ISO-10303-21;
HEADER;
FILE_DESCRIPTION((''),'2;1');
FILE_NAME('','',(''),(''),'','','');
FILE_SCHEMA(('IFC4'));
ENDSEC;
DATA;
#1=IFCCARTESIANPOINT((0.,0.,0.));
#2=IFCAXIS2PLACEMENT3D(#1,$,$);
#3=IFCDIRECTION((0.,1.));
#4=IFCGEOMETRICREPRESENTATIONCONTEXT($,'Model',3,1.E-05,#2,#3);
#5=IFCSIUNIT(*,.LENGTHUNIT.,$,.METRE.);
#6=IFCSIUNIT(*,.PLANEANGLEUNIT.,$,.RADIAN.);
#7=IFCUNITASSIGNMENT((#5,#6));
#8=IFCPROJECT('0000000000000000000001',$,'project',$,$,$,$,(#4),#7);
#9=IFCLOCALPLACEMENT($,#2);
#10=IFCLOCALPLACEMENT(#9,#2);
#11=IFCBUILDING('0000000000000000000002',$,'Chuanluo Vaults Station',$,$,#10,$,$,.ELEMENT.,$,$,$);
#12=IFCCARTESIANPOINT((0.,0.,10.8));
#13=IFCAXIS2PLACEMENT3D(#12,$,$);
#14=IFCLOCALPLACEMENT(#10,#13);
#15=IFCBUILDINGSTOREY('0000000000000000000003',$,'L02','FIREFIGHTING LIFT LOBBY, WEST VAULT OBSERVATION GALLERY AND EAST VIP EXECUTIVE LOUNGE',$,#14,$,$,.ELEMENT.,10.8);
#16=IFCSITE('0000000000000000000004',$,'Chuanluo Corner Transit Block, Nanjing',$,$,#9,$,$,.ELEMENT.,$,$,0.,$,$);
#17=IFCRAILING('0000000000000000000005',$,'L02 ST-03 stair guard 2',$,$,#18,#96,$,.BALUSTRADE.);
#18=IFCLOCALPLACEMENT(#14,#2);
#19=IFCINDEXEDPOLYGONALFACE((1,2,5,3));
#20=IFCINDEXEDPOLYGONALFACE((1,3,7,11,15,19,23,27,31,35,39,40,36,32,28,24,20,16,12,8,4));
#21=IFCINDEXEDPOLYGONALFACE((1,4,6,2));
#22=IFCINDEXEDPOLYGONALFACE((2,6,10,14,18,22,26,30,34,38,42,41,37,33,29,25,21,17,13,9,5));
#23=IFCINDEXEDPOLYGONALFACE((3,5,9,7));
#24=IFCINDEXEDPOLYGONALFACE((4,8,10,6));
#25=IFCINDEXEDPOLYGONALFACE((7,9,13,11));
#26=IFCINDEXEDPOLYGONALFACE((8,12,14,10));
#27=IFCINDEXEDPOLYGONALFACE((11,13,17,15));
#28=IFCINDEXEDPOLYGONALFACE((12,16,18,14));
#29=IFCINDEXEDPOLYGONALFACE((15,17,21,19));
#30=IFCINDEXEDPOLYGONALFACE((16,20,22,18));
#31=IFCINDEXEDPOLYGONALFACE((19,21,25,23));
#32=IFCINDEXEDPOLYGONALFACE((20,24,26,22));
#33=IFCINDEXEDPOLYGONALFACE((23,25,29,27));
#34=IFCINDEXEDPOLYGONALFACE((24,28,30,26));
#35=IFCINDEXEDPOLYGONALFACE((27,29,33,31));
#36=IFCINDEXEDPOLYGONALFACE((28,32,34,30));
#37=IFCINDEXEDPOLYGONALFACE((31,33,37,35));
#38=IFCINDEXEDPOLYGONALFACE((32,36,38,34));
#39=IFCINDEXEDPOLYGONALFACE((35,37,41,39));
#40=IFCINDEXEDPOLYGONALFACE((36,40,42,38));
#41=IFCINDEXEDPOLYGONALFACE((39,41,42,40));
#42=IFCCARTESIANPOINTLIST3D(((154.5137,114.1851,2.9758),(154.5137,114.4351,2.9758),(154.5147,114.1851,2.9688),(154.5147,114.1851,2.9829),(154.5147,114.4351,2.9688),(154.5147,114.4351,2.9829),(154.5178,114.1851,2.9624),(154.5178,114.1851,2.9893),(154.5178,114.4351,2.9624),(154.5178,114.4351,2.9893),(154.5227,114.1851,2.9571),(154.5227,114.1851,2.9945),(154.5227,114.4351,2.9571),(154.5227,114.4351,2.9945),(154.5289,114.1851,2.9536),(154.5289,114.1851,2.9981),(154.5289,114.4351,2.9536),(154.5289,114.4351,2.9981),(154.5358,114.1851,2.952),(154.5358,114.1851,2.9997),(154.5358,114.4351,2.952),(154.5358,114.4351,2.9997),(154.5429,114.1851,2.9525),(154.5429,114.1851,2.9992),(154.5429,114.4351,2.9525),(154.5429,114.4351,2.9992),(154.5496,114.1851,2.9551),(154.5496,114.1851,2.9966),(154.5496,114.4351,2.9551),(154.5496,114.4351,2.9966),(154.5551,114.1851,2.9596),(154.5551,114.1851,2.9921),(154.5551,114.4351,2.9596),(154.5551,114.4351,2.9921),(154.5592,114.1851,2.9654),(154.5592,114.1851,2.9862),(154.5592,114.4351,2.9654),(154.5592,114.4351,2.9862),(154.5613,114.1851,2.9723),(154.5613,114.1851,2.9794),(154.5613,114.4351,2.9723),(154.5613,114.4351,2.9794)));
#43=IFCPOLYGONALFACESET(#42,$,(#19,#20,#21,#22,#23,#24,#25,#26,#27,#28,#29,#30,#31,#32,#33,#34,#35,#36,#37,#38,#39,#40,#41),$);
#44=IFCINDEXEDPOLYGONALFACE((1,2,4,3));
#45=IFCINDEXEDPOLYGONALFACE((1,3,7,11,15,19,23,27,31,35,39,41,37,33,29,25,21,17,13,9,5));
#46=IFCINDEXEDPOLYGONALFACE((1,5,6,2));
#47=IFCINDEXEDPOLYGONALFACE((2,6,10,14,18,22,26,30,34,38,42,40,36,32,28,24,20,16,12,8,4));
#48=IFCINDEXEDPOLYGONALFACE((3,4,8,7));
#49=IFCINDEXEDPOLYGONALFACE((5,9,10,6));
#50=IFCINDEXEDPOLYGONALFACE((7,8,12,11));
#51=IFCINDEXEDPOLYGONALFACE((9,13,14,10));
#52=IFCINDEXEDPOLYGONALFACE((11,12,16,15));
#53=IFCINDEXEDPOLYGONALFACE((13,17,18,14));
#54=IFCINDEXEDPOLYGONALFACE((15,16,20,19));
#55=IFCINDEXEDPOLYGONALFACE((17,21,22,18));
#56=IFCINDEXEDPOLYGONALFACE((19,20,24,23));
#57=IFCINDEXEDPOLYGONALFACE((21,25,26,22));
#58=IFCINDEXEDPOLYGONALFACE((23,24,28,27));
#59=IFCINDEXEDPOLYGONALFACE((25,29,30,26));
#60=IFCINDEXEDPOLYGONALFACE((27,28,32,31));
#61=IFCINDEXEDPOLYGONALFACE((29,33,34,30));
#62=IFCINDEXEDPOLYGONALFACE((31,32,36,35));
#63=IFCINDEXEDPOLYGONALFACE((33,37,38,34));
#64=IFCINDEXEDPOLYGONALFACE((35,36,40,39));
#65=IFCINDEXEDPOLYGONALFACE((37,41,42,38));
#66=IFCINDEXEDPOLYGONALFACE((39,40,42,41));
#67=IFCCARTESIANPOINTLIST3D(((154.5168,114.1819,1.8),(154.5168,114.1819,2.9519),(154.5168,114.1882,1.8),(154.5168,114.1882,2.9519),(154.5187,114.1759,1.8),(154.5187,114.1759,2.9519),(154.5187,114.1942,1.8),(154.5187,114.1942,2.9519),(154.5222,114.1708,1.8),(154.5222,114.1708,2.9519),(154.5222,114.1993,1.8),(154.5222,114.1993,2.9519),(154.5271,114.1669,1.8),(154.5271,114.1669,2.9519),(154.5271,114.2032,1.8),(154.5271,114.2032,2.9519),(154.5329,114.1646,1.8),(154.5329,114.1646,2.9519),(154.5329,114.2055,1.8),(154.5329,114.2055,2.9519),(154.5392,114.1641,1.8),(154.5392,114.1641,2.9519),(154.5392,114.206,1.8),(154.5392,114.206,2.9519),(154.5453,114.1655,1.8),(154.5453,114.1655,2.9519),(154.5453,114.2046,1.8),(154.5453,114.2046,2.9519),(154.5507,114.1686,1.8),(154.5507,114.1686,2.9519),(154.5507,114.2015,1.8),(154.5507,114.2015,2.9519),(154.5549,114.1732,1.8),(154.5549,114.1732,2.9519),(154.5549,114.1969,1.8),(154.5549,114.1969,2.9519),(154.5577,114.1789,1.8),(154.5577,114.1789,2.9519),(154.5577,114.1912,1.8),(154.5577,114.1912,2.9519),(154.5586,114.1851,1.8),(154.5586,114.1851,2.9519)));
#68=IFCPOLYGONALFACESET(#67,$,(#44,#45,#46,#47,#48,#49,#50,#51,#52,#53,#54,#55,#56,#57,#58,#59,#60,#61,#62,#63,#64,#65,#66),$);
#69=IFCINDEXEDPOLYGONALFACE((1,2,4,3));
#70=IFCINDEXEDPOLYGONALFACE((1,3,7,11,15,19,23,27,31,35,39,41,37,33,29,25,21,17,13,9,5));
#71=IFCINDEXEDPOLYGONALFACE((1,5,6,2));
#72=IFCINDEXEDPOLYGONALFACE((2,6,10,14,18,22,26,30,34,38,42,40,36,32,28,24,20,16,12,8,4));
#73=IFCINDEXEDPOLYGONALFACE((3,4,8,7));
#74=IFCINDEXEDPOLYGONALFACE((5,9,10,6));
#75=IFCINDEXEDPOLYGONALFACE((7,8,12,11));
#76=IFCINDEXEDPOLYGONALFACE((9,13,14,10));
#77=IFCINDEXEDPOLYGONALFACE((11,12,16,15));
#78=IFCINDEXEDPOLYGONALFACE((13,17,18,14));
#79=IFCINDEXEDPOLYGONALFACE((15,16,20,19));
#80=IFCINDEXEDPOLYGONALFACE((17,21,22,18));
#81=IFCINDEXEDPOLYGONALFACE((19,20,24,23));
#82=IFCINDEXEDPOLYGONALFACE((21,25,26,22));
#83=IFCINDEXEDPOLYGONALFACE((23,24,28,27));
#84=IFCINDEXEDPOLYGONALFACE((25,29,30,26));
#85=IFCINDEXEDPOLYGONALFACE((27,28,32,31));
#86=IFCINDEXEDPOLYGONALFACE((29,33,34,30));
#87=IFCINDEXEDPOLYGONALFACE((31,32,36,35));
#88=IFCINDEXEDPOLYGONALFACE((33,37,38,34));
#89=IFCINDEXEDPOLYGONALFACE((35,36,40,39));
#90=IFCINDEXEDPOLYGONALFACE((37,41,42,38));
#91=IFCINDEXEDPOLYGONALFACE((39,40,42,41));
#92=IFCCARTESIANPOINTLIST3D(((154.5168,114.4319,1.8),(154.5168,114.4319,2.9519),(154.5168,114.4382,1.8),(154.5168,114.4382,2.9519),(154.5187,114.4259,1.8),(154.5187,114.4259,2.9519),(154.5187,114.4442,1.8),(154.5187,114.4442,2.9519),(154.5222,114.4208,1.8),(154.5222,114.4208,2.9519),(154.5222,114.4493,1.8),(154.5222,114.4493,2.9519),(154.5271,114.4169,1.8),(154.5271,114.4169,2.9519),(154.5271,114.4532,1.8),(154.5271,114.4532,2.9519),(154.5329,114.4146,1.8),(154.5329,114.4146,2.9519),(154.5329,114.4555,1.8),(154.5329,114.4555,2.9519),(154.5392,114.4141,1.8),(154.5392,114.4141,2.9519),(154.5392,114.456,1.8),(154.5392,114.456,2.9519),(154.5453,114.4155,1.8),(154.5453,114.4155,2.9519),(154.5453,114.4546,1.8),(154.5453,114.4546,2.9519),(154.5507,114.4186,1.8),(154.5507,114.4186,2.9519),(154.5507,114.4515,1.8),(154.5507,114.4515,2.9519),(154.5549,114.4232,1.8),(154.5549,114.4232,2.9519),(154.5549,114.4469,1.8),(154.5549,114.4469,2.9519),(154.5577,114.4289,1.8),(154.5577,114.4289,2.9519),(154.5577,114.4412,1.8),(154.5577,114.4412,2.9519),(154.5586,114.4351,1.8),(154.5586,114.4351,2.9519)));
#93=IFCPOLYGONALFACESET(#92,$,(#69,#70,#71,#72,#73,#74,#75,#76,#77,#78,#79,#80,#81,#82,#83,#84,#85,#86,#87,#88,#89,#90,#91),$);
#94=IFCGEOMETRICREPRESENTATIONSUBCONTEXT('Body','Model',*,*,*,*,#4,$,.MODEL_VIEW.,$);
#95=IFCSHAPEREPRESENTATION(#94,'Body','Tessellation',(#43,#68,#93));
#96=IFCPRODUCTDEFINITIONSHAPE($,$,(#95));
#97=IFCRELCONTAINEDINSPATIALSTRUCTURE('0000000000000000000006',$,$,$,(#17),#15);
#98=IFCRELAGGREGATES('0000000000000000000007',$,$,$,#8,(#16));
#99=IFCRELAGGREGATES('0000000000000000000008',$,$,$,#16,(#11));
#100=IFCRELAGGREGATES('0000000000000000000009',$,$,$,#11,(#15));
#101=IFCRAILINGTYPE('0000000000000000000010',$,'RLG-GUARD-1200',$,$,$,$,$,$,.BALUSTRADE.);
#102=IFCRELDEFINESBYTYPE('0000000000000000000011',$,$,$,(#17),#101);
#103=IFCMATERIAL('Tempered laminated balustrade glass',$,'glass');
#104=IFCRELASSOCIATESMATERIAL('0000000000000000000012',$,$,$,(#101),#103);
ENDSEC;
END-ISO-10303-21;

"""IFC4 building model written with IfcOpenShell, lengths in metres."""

from ifc_helpers import new_model, si_unit, direction, frame, origin, origin_2d, place, context, subcontext, project, spatial, circle, extrude, material, type_object, element, save


model = new_model("IFC4")

# Units and contexts
model_context = context("Model", 3, precision=1e-05, world=origin(), true_north=direction((0.0, 1.0)))
body_context = subcontext(model_context, "Body", "Model", "MODEL_VIEW")
ifc_project = project(units=[si_unit("LENGTHUNIT", "METRE"), si_unit("PLANEANGLEUNIT", "RADIAN")], contexts=[model_context])

# Site, building, storey
site_placement = place(None, origin())
site = spatial("IfcSite", under=ifc_project, at=site_placement, Name="Chuanluo Corner Transit Block, Nanjing", CompositionType="ELEMENT", RefElevation=0.0)
building_placement = place(site_placement, origin())
building = spatial("IfcBuilding", under=site, at=building_placement, Name="Chuanluo Vaults Station", CompositionType="ELEMENT")
storey_placement = place(building_placement, frame((0.0, 0.0, 10.8)))
storey = spatial("IfcBuildingStorey", under=building, at=storey_placement, Name="L02", Description="FIREFIGHTING LIFT LOBBY, WEST VAULT OBSERVATION GALLERY AND EAST VIP EXECUTIVE LOUNGE", CompositionType="ELEMENT", Elevation=10.8)

# Railing
ifc_material_1 = material(Name="Tempered laminated balustrade glass", Category="glass")
railing_type_1 = type_object("IfcRailingType", Name="RLG-GUARD-1200", PredefinedType="BALUSTRADE", material=ifc_material_1)
railing_1_placement = place(storey_placement, frame((154.5376, 114.1851, 1.8)))
element("IfcRailing", 1, at=railing_1_placement, inside=storey, type_object=railing_type_1, Name="L02 ST-03 stair guard 2", PredefinedType="BALUSTRADE", context=body_context, shape_type="SweptSolid", body=[
    extrude(circle(Radius=0.0239, at=origin_2d()), frame((0.0, 0.0, 1.1758), z_axis=(0.0, 1.0, 0.0), x_axis=(-1.0, 0.0, 0.0)), (0.0, 0.0, 1.0), 0.25),
    extrude(circle(Radius=0.021, at=origin_2d()), origin(), (0.0, 0.0, 1.0), 1.1519),
    extrude(circle(Radius=0.021, at=origin_2d()), frame((0.0, 0.25, 0.0)), (0.0, 0.0, 1.0), 1.1519),
])

save(model, "model.ifc")
